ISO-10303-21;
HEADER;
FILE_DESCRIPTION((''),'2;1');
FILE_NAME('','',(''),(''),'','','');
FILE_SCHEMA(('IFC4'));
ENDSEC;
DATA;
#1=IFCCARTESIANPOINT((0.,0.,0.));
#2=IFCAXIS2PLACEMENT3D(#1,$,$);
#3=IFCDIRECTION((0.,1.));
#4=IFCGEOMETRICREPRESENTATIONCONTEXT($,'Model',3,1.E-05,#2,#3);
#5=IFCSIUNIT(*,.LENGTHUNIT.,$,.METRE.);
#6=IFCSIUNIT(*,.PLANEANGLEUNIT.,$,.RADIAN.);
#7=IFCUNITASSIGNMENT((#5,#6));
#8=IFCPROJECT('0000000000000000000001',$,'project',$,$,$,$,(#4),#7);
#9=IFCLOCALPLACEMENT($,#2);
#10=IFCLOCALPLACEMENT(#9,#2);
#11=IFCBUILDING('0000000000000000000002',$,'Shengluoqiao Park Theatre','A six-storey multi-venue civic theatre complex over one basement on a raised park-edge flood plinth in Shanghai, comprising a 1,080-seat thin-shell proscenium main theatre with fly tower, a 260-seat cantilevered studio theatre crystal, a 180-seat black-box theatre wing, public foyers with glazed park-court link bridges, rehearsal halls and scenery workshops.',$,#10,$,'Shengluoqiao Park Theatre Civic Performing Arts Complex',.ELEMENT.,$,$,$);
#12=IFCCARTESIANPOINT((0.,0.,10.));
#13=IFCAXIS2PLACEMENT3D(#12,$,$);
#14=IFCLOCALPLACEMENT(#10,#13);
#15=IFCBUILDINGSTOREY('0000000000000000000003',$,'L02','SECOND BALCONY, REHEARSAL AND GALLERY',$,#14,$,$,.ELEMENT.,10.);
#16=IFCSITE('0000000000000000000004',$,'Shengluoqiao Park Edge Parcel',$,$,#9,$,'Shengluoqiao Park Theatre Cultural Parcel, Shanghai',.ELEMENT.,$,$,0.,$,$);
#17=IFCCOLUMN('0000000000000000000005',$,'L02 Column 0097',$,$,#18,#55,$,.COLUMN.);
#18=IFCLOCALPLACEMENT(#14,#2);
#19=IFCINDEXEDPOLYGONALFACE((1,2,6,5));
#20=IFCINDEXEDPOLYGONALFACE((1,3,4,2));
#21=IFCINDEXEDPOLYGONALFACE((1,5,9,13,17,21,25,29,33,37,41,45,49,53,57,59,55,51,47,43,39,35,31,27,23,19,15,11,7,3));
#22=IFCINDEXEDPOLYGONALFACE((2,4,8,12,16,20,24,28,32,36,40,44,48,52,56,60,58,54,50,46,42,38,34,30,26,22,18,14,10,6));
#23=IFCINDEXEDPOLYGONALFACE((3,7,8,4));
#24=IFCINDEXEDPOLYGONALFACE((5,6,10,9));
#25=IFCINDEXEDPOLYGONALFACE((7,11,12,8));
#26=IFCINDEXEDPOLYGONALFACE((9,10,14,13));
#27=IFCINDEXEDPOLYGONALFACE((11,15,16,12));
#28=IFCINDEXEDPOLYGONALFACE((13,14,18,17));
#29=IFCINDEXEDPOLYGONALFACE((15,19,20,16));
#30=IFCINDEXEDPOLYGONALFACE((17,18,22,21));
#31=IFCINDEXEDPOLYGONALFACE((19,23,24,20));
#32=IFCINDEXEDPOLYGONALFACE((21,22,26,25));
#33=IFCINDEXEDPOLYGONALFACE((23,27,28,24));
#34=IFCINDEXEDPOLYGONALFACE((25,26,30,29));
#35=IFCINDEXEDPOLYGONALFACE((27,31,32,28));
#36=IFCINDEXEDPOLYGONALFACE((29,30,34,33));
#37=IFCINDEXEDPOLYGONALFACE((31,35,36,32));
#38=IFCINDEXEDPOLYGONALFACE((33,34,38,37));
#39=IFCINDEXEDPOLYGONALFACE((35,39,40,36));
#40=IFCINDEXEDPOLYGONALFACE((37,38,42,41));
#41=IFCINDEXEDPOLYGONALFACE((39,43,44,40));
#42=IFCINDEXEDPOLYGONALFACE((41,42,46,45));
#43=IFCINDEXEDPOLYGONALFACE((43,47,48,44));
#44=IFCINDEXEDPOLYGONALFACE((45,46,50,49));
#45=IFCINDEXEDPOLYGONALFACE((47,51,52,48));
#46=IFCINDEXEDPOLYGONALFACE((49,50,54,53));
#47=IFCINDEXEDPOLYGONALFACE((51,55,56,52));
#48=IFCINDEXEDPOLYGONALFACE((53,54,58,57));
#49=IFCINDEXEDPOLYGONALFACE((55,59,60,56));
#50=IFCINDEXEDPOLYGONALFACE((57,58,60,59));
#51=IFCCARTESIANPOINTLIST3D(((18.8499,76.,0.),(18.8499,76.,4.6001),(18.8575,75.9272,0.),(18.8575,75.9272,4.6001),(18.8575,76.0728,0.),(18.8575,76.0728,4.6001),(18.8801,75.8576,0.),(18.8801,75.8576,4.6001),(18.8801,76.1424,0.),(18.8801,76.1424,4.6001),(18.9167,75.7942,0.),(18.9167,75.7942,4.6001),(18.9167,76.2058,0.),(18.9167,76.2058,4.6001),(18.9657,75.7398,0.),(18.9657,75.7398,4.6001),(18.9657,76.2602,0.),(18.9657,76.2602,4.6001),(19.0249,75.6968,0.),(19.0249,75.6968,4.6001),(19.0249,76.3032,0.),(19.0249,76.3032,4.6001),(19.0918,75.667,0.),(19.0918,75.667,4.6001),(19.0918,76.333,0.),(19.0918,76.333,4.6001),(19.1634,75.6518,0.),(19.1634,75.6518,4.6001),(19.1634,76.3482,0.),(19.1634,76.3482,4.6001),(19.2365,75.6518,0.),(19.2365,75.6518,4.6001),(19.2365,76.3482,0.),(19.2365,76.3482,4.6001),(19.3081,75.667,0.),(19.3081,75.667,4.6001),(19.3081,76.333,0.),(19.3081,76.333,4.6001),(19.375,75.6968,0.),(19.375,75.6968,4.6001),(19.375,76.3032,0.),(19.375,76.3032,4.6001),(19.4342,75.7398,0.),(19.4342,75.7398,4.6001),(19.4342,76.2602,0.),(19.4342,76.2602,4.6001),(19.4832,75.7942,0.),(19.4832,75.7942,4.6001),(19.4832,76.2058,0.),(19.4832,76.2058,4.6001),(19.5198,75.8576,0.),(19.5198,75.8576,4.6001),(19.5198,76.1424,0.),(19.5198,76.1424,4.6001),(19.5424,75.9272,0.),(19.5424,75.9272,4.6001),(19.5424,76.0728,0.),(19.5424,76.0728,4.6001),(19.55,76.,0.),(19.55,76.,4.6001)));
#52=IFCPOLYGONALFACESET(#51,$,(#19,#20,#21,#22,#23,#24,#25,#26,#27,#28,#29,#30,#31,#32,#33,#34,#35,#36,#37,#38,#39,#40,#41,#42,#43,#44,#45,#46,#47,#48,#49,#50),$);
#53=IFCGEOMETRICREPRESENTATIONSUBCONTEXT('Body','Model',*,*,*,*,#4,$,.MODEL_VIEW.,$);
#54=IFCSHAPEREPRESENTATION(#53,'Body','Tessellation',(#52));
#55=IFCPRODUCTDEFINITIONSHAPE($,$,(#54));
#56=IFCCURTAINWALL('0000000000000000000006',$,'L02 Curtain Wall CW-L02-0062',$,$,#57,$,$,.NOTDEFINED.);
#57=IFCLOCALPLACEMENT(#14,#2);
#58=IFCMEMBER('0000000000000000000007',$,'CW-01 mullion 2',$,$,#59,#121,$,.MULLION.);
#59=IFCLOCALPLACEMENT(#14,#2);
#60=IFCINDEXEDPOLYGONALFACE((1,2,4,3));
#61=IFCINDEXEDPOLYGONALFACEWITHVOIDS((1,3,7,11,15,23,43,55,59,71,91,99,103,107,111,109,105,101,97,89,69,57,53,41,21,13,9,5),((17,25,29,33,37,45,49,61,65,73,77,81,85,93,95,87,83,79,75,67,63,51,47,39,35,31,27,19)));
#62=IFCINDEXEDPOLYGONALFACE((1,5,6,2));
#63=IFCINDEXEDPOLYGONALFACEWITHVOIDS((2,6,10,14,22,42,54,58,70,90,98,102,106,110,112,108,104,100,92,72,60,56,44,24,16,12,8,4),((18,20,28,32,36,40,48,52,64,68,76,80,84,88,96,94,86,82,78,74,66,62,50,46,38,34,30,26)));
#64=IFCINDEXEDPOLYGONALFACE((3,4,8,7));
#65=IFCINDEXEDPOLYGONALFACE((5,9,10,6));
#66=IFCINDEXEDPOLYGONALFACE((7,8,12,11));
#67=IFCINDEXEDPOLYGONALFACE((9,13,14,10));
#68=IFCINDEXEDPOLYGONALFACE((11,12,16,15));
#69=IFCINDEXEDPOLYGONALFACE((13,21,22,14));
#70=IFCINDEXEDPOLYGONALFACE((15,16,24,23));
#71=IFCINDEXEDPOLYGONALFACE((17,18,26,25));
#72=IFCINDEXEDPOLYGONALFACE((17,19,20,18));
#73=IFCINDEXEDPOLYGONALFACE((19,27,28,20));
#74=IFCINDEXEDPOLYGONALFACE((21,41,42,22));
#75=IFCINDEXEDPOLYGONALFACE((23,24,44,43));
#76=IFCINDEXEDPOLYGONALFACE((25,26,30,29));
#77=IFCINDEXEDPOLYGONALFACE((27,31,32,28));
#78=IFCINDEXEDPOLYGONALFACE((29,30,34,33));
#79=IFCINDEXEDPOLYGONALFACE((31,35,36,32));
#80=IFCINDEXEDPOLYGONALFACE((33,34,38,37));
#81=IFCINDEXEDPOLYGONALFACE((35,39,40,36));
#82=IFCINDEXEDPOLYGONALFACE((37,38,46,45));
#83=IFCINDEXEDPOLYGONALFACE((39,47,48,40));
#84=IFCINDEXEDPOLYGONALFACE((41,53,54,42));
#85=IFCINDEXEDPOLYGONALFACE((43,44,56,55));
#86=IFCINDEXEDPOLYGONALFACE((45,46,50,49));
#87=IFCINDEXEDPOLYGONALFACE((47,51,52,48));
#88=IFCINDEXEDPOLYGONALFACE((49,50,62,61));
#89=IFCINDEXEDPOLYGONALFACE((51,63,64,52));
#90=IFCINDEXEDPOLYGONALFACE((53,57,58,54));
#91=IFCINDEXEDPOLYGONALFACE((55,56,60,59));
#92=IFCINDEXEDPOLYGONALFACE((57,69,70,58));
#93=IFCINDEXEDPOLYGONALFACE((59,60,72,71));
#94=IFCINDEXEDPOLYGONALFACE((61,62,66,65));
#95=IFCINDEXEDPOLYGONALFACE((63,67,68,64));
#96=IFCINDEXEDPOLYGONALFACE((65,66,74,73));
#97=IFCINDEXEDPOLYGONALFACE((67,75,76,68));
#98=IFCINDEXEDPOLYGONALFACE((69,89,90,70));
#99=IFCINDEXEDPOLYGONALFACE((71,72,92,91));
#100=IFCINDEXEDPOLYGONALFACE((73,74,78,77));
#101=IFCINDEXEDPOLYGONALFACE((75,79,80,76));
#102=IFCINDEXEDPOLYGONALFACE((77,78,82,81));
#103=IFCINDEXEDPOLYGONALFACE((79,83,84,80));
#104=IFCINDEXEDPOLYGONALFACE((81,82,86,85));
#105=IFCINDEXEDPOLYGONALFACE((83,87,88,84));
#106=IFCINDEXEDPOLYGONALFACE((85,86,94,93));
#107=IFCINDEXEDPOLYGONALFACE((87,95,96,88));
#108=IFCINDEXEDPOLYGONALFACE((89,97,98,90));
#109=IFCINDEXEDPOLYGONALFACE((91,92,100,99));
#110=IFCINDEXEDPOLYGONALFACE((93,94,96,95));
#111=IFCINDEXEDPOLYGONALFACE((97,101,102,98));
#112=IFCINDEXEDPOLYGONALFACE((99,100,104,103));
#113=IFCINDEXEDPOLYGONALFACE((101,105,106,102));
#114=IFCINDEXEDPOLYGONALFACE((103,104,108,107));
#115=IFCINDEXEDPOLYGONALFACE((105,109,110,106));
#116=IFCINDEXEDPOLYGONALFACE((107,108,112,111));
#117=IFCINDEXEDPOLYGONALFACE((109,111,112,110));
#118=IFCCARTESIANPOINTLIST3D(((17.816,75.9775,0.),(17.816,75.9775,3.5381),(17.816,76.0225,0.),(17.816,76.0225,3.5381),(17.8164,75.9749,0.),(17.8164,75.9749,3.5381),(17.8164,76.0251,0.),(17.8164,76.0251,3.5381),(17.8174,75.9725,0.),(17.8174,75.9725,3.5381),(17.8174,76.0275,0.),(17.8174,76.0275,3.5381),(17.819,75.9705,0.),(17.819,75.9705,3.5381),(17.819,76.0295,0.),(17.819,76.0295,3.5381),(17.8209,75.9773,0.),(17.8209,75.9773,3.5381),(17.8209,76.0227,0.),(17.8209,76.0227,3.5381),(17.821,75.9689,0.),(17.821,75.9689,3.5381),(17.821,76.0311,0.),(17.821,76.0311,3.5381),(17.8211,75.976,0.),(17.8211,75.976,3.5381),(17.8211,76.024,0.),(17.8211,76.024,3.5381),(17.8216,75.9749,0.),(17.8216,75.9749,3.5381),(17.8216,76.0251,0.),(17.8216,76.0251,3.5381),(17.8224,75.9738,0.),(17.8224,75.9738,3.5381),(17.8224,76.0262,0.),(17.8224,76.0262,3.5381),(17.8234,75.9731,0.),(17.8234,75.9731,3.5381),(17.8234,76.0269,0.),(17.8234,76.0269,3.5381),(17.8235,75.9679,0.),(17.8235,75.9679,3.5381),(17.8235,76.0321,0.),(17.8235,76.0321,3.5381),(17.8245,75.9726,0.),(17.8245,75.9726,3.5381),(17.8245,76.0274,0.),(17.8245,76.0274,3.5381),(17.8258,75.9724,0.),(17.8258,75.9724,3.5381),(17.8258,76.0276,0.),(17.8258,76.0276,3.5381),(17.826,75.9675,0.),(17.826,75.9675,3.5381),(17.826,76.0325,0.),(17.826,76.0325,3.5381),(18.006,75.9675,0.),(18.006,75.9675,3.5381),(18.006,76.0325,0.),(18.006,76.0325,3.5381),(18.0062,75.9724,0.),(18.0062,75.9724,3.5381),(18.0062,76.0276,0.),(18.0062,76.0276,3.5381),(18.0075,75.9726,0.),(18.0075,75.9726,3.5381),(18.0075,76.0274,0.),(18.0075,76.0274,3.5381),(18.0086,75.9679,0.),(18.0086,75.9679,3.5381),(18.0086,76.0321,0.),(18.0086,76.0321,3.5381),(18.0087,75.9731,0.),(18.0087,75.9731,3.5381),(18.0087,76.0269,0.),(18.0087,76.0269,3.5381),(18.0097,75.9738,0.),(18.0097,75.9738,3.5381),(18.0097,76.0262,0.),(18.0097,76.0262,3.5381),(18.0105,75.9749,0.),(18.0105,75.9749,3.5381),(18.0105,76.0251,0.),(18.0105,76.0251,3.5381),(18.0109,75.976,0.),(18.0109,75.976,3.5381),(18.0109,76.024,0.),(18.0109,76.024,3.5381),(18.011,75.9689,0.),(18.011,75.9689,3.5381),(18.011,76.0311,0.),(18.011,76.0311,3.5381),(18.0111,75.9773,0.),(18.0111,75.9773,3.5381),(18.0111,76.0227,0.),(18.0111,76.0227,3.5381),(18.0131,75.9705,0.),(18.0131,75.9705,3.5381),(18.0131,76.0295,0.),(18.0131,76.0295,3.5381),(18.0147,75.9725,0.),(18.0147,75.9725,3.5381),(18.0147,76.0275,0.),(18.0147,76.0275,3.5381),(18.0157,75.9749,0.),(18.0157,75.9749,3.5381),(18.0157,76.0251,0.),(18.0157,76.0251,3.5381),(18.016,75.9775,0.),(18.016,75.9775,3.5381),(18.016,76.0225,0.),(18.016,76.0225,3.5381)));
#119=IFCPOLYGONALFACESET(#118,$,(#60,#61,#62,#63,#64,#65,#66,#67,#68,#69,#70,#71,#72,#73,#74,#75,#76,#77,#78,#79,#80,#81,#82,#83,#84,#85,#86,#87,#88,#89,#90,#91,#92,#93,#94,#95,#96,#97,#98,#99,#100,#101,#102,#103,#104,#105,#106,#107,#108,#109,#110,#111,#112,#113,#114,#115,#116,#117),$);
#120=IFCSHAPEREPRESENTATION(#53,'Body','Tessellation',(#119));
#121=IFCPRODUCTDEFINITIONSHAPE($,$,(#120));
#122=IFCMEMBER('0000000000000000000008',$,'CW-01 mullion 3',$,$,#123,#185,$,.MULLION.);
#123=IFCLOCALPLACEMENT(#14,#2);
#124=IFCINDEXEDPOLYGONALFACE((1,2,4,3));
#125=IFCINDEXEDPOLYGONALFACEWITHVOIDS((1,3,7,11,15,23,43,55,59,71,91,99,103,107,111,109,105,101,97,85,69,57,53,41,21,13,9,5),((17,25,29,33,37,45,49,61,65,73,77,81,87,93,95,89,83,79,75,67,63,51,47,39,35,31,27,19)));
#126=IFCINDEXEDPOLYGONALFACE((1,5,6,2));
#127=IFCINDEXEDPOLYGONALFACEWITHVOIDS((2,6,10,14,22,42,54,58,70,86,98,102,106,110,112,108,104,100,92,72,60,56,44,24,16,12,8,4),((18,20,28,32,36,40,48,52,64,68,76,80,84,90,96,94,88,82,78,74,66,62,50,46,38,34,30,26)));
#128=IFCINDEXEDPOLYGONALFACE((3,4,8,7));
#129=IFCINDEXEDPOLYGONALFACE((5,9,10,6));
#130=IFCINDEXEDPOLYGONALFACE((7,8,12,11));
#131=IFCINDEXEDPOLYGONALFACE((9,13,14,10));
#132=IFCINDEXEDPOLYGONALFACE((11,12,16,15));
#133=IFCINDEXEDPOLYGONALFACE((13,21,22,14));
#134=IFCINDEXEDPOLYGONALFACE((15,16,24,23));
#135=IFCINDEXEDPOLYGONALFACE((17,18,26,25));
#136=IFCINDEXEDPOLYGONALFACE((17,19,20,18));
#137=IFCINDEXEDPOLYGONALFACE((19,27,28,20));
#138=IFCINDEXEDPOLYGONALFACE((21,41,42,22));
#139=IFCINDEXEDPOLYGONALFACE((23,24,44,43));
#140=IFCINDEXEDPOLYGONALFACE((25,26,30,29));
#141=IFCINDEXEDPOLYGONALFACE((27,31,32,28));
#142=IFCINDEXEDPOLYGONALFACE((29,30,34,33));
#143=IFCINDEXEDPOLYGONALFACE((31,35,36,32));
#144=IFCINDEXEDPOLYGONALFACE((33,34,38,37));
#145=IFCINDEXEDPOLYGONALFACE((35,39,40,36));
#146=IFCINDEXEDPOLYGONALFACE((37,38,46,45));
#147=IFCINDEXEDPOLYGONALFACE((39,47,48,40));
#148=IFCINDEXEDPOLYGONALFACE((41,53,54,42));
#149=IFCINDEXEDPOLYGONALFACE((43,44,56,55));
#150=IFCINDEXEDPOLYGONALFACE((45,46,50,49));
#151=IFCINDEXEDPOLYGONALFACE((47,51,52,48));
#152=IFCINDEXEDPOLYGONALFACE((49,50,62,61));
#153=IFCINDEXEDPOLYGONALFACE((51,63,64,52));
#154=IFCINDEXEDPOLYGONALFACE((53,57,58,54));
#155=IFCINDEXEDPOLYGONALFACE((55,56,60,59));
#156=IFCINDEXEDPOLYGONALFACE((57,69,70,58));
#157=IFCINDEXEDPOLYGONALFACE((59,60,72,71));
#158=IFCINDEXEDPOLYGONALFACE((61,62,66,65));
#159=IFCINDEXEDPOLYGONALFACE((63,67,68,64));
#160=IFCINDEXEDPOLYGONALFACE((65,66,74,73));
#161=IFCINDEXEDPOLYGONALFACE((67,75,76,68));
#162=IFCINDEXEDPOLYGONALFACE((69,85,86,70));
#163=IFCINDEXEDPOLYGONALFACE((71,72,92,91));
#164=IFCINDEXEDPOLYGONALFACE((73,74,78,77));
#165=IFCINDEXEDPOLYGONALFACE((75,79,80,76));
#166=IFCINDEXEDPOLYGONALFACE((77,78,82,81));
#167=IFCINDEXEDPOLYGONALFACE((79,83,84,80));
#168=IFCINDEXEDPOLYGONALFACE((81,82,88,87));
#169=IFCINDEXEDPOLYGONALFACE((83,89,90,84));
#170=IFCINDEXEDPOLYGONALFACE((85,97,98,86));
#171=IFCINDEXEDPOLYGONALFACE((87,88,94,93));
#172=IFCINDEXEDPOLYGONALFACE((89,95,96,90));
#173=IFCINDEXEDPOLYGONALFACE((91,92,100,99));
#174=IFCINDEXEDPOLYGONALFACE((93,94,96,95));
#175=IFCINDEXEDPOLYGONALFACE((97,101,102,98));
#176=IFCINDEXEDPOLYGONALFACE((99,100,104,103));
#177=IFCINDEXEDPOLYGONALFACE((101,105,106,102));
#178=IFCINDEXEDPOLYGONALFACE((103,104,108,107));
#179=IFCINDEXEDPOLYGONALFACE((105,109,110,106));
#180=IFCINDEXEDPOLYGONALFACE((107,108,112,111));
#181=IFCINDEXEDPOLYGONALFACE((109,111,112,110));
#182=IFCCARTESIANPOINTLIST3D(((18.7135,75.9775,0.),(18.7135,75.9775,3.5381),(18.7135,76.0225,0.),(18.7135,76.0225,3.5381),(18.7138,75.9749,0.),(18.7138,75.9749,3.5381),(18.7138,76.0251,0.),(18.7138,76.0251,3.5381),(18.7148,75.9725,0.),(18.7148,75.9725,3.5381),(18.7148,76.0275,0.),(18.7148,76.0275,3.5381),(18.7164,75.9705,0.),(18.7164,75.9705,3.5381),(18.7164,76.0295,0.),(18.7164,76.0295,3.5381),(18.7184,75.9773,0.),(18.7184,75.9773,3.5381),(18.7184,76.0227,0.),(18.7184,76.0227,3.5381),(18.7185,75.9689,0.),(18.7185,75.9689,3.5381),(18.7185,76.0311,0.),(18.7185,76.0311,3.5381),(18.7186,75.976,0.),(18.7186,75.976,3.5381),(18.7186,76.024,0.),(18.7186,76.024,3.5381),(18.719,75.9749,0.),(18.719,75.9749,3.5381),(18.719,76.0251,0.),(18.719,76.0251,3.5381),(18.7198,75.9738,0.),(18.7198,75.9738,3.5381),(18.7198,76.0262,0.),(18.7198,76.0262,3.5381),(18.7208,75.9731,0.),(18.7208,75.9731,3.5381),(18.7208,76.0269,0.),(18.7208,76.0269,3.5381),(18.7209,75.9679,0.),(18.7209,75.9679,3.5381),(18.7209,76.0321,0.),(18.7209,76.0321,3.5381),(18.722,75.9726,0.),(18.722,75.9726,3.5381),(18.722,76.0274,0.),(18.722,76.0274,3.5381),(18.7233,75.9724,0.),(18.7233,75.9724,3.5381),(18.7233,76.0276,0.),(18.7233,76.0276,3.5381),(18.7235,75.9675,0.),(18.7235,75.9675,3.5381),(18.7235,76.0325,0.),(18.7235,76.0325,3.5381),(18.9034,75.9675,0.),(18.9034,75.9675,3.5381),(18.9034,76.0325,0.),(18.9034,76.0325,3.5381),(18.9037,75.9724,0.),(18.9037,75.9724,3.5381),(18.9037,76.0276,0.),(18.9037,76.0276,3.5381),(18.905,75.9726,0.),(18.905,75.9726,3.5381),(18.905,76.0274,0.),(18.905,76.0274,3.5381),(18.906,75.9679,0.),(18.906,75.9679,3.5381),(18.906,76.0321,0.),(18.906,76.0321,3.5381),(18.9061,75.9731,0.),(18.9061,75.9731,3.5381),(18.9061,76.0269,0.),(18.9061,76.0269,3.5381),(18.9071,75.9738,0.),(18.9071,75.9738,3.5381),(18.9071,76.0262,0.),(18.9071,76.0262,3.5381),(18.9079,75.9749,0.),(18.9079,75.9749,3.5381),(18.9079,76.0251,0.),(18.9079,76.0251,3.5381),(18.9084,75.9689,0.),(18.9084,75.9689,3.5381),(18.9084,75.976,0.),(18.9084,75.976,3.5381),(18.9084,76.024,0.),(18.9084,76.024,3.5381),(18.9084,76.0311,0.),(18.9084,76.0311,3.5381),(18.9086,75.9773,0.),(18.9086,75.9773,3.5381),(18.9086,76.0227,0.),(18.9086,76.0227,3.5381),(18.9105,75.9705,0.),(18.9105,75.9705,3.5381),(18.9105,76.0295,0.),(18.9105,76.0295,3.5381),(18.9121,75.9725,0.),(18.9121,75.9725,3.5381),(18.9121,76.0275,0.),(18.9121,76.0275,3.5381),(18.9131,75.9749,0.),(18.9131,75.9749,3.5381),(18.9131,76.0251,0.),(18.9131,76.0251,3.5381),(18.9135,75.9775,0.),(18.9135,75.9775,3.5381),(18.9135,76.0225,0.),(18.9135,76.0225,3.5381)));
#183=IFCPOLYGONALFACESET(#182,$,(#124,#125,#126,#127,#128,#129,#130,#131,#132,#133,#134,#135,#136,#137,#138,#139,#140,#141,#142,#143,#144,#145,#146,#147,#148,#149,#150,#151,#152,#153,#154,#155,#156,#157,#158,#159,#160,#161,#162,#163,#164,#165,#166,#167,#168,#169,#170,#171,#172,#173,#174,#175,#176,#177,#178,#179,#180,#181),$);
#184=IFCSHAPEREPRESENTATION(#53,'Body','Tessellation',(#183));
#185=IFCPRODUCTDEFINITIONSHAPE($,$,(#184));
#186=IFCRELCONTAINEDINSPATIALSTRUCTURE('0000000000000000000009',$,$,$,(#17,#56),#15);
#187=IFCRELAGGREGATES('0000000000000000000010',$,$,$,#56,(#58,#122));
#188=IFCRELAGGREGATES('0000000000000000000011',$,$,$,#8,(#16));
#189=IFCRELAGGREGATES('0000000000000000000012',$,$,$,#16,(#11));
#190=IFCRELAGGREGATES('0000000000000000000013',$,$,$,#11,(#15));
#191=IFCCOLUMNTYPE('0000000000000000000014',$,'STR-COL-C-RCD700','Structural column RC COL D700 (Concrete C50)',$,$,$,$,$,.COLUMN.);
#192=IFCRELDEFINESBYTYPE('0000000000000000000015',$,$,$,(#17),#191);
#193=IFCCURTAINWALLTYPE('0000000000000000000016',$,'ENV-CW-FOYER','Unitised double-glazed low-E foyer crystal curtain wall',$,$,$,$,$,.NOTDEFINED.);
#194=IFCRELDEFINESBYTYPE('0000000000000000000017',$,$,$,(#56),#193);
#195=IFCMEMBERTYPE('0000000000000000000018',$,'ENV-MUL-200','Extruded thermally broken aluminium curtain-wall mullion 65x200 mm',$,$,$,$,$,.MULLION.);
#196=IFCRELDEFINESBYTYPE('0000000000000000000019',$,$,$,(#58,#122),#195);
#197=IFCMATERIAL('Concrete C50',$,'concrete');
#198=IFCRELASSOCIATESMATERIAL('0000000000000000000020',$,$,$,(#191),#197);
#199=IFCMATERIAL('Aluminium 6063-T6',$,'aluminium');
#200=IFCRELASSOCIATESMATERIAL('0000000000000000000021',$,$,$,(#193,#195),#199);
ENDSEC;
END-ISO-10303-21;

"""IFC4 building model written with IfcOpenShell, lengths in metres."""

from ifc_helpers import new_model, si_unit, direction, frame, origin, origin_2d, place, context, subcontext, project, spatial, hollow_rectangle, circle, extrude, material, material_profile, profile_set, type_object, element, aggregate, save


model = new_model("IFC4")

# Units and contexts
model_context = context("Model", 3, precision=1e-05, world=origin(), true_north=direction((0.0, 1.0)))
body_context = subcontext(model_context, "Body", "Model", "MODEL_VIEW")
ifc_project = project(units=[si_unit("LENGTHUNIT", "METRE"), si_unit("PLANEANGLEUNIT", "RADIAN")], contexts=[model_context])

# Site, building, storey
site_placement = place(None, origin())
site = spatial("IfcSite", under=ifc_project, at=site_placement, Name="Shengluoqiao Park Edge Parcel", LongName="Shengluoqiao Park Theatre Cultural Parcel, Shanghai", CompositionType="ELEMENT", RefElevation=0.0)
building_placement = place(site_placement, origin())
building = spatial("IfcBuilding", under=site, at=building_placement, Name="Shengluoqiao Park Theatre", Description="A six-storey multi-venue civic theatre complex over one basement on a raised park-edge flood plinth in Shanghai, comprising a 1,080-seat thin-shell proscenium main theatre with fly tower, a 260-seat cantilevered studio theatre crystal, a 180-seat black-box theatre wing, public foyers with glazed park-court link bridges, rehearsal halls and scenery workshops.", LongName="Shengluoqiao Park Theatre Civic Performing Arts Complex", CompositionType="ELEMENT")
storey_placement = place(building_placement, frame((0.0, 0.0, 10.0)))
storey = spatial("IfcBuildingStorey", under=building, at=storey_placement, Name="L02", Description="SECOND BALCONY, REHEARSAL AND GALLERY", CompositionType="ELEMENT", Elevation=10.0)

# Column
ifc_material_1 = material(Name="Concrete C50", Category="concrete")
ifc_material_profile_1 = material_profile(ifc_material_1, circle(Radius=0.3501, at=origin_2d()), Name="RC COL D700")
ifc_profile_set_1 = profile_set([ifc_material_profile_1], Name="Concrete C50")
column_type = type_object("IfcColumnType", Name="STR-COL-C-RCD700", Description="Structural column RC COL D700 (Concrete C50)", PredefinedType="COLUMN", material=ifc_profile_set_1)
column_placement = place(storey_placement, frame((19.2, 76.0, 0.0), z_axis=(0.0, 0.0, 1.0), x_axis=(1.0, 0.0, 0.0)))
element("IfcColumn", 1, at=column_placement, inside=storey, type_object=column_type, Name="L02 Column 0097", PredefinedType="COLUMN", context=body_context, shape_type="SweptSolid", body=[
    extrude(circle(Radius=0.3501, at=origin_2d()), origin(), (0.0, 0.0, 1.0), 4.6001),
])

# Curtain wall, members
ifc_material_2 = material(Name="Aluminium 6063-T6", Category="aluminium")
curtain_wall_type = type_object("IfcCurtainWallType", Name="ENV-CW-FOYER", Description="Unitised double-glazed low-E foyer crystal curtain wall", PredefinedType="NOTDEFINED", material=ifc_material_2)
curtain_wall_1_placement = place(storey_placement, origin())
curtain_wall_1 = element("IfcCurtainWall", 2, at=curtain_wall_1_placement, inside=storey, type_object=curtain_wall_type, Name="L02 Curtain Wall CW-L02-0062", PredefinedType="NOTDEFINED")
ifc_material_profile_2 = material_profile(ifc_material_2, hollow_rectangle(XDim=0.0649, YDim=0.2, WallThickness=0.0049, InnerFilletRadius=0.0049, OuterFilletRadius=0.01, at=origin_2d()), Name="ALU MULLION 200x65x5")
ifc_profile_set_2 = profile_set([ifc_material_profile_2], Name="Aluminium 6063-T6")
member_type_1 = type_object("IfcMemberType", Name="ENV-MUL-200", Description="Extruded thermally broken aluminium curtain-wall mullion 65x200 mm", PredefinedType="MULLION", material=ifc_profile_set_2)
member_1_placement = place(storey_placement, frame((17.916, 76.0, 0.0), z_axis=(0.0, 0.0, 1.0), x_axis=(0.0, 1.0, 0.0)))
member_1 = element("IfcMember", 3, at=member_1_placement, type_object=member_type_1, Name="CW-01 mullion 2", PredefinedType="MULLION", context=body_context, shape_type="SweptSolid", body=[
    extrude(hollow_rectangle(XDim=0.0649, YDim=0.2, WallThickness=0.0049, InnerFilletRadius=0.0049, OuterFilletRadius=0.01, at=origin_2d()), origin(), (0.0, 0.0, 1.0), 3.5381),
])
member_2_placement = place(storey_placement, frame((18.8135, 76.0, 0.0), z_axis=(0.0, 0.0, 1.0), x_axis=(0.0, 1.0, 0.0)))
member_2 = element("IfcMember", 4, at=member_2_placement, type_object=member_type_1, Name="CW-01 mullion 3", PredefinedType="MULLION", context=body_context, shape_type="SweptSolid", body=[
    extrude(hollow_rectangle(XDim=0.0649, YDim=0.2, WallThickness=0.0049, InnerFilletRadius=0.0049, OuterFilletRadius=0.01, at=origin_2d()), origin(), (0.0, 0.0, 1.0), 3.5381),
])

aggregate(curtain_wall_1, [member_1, member_2])

save(model, "model.ifc")
